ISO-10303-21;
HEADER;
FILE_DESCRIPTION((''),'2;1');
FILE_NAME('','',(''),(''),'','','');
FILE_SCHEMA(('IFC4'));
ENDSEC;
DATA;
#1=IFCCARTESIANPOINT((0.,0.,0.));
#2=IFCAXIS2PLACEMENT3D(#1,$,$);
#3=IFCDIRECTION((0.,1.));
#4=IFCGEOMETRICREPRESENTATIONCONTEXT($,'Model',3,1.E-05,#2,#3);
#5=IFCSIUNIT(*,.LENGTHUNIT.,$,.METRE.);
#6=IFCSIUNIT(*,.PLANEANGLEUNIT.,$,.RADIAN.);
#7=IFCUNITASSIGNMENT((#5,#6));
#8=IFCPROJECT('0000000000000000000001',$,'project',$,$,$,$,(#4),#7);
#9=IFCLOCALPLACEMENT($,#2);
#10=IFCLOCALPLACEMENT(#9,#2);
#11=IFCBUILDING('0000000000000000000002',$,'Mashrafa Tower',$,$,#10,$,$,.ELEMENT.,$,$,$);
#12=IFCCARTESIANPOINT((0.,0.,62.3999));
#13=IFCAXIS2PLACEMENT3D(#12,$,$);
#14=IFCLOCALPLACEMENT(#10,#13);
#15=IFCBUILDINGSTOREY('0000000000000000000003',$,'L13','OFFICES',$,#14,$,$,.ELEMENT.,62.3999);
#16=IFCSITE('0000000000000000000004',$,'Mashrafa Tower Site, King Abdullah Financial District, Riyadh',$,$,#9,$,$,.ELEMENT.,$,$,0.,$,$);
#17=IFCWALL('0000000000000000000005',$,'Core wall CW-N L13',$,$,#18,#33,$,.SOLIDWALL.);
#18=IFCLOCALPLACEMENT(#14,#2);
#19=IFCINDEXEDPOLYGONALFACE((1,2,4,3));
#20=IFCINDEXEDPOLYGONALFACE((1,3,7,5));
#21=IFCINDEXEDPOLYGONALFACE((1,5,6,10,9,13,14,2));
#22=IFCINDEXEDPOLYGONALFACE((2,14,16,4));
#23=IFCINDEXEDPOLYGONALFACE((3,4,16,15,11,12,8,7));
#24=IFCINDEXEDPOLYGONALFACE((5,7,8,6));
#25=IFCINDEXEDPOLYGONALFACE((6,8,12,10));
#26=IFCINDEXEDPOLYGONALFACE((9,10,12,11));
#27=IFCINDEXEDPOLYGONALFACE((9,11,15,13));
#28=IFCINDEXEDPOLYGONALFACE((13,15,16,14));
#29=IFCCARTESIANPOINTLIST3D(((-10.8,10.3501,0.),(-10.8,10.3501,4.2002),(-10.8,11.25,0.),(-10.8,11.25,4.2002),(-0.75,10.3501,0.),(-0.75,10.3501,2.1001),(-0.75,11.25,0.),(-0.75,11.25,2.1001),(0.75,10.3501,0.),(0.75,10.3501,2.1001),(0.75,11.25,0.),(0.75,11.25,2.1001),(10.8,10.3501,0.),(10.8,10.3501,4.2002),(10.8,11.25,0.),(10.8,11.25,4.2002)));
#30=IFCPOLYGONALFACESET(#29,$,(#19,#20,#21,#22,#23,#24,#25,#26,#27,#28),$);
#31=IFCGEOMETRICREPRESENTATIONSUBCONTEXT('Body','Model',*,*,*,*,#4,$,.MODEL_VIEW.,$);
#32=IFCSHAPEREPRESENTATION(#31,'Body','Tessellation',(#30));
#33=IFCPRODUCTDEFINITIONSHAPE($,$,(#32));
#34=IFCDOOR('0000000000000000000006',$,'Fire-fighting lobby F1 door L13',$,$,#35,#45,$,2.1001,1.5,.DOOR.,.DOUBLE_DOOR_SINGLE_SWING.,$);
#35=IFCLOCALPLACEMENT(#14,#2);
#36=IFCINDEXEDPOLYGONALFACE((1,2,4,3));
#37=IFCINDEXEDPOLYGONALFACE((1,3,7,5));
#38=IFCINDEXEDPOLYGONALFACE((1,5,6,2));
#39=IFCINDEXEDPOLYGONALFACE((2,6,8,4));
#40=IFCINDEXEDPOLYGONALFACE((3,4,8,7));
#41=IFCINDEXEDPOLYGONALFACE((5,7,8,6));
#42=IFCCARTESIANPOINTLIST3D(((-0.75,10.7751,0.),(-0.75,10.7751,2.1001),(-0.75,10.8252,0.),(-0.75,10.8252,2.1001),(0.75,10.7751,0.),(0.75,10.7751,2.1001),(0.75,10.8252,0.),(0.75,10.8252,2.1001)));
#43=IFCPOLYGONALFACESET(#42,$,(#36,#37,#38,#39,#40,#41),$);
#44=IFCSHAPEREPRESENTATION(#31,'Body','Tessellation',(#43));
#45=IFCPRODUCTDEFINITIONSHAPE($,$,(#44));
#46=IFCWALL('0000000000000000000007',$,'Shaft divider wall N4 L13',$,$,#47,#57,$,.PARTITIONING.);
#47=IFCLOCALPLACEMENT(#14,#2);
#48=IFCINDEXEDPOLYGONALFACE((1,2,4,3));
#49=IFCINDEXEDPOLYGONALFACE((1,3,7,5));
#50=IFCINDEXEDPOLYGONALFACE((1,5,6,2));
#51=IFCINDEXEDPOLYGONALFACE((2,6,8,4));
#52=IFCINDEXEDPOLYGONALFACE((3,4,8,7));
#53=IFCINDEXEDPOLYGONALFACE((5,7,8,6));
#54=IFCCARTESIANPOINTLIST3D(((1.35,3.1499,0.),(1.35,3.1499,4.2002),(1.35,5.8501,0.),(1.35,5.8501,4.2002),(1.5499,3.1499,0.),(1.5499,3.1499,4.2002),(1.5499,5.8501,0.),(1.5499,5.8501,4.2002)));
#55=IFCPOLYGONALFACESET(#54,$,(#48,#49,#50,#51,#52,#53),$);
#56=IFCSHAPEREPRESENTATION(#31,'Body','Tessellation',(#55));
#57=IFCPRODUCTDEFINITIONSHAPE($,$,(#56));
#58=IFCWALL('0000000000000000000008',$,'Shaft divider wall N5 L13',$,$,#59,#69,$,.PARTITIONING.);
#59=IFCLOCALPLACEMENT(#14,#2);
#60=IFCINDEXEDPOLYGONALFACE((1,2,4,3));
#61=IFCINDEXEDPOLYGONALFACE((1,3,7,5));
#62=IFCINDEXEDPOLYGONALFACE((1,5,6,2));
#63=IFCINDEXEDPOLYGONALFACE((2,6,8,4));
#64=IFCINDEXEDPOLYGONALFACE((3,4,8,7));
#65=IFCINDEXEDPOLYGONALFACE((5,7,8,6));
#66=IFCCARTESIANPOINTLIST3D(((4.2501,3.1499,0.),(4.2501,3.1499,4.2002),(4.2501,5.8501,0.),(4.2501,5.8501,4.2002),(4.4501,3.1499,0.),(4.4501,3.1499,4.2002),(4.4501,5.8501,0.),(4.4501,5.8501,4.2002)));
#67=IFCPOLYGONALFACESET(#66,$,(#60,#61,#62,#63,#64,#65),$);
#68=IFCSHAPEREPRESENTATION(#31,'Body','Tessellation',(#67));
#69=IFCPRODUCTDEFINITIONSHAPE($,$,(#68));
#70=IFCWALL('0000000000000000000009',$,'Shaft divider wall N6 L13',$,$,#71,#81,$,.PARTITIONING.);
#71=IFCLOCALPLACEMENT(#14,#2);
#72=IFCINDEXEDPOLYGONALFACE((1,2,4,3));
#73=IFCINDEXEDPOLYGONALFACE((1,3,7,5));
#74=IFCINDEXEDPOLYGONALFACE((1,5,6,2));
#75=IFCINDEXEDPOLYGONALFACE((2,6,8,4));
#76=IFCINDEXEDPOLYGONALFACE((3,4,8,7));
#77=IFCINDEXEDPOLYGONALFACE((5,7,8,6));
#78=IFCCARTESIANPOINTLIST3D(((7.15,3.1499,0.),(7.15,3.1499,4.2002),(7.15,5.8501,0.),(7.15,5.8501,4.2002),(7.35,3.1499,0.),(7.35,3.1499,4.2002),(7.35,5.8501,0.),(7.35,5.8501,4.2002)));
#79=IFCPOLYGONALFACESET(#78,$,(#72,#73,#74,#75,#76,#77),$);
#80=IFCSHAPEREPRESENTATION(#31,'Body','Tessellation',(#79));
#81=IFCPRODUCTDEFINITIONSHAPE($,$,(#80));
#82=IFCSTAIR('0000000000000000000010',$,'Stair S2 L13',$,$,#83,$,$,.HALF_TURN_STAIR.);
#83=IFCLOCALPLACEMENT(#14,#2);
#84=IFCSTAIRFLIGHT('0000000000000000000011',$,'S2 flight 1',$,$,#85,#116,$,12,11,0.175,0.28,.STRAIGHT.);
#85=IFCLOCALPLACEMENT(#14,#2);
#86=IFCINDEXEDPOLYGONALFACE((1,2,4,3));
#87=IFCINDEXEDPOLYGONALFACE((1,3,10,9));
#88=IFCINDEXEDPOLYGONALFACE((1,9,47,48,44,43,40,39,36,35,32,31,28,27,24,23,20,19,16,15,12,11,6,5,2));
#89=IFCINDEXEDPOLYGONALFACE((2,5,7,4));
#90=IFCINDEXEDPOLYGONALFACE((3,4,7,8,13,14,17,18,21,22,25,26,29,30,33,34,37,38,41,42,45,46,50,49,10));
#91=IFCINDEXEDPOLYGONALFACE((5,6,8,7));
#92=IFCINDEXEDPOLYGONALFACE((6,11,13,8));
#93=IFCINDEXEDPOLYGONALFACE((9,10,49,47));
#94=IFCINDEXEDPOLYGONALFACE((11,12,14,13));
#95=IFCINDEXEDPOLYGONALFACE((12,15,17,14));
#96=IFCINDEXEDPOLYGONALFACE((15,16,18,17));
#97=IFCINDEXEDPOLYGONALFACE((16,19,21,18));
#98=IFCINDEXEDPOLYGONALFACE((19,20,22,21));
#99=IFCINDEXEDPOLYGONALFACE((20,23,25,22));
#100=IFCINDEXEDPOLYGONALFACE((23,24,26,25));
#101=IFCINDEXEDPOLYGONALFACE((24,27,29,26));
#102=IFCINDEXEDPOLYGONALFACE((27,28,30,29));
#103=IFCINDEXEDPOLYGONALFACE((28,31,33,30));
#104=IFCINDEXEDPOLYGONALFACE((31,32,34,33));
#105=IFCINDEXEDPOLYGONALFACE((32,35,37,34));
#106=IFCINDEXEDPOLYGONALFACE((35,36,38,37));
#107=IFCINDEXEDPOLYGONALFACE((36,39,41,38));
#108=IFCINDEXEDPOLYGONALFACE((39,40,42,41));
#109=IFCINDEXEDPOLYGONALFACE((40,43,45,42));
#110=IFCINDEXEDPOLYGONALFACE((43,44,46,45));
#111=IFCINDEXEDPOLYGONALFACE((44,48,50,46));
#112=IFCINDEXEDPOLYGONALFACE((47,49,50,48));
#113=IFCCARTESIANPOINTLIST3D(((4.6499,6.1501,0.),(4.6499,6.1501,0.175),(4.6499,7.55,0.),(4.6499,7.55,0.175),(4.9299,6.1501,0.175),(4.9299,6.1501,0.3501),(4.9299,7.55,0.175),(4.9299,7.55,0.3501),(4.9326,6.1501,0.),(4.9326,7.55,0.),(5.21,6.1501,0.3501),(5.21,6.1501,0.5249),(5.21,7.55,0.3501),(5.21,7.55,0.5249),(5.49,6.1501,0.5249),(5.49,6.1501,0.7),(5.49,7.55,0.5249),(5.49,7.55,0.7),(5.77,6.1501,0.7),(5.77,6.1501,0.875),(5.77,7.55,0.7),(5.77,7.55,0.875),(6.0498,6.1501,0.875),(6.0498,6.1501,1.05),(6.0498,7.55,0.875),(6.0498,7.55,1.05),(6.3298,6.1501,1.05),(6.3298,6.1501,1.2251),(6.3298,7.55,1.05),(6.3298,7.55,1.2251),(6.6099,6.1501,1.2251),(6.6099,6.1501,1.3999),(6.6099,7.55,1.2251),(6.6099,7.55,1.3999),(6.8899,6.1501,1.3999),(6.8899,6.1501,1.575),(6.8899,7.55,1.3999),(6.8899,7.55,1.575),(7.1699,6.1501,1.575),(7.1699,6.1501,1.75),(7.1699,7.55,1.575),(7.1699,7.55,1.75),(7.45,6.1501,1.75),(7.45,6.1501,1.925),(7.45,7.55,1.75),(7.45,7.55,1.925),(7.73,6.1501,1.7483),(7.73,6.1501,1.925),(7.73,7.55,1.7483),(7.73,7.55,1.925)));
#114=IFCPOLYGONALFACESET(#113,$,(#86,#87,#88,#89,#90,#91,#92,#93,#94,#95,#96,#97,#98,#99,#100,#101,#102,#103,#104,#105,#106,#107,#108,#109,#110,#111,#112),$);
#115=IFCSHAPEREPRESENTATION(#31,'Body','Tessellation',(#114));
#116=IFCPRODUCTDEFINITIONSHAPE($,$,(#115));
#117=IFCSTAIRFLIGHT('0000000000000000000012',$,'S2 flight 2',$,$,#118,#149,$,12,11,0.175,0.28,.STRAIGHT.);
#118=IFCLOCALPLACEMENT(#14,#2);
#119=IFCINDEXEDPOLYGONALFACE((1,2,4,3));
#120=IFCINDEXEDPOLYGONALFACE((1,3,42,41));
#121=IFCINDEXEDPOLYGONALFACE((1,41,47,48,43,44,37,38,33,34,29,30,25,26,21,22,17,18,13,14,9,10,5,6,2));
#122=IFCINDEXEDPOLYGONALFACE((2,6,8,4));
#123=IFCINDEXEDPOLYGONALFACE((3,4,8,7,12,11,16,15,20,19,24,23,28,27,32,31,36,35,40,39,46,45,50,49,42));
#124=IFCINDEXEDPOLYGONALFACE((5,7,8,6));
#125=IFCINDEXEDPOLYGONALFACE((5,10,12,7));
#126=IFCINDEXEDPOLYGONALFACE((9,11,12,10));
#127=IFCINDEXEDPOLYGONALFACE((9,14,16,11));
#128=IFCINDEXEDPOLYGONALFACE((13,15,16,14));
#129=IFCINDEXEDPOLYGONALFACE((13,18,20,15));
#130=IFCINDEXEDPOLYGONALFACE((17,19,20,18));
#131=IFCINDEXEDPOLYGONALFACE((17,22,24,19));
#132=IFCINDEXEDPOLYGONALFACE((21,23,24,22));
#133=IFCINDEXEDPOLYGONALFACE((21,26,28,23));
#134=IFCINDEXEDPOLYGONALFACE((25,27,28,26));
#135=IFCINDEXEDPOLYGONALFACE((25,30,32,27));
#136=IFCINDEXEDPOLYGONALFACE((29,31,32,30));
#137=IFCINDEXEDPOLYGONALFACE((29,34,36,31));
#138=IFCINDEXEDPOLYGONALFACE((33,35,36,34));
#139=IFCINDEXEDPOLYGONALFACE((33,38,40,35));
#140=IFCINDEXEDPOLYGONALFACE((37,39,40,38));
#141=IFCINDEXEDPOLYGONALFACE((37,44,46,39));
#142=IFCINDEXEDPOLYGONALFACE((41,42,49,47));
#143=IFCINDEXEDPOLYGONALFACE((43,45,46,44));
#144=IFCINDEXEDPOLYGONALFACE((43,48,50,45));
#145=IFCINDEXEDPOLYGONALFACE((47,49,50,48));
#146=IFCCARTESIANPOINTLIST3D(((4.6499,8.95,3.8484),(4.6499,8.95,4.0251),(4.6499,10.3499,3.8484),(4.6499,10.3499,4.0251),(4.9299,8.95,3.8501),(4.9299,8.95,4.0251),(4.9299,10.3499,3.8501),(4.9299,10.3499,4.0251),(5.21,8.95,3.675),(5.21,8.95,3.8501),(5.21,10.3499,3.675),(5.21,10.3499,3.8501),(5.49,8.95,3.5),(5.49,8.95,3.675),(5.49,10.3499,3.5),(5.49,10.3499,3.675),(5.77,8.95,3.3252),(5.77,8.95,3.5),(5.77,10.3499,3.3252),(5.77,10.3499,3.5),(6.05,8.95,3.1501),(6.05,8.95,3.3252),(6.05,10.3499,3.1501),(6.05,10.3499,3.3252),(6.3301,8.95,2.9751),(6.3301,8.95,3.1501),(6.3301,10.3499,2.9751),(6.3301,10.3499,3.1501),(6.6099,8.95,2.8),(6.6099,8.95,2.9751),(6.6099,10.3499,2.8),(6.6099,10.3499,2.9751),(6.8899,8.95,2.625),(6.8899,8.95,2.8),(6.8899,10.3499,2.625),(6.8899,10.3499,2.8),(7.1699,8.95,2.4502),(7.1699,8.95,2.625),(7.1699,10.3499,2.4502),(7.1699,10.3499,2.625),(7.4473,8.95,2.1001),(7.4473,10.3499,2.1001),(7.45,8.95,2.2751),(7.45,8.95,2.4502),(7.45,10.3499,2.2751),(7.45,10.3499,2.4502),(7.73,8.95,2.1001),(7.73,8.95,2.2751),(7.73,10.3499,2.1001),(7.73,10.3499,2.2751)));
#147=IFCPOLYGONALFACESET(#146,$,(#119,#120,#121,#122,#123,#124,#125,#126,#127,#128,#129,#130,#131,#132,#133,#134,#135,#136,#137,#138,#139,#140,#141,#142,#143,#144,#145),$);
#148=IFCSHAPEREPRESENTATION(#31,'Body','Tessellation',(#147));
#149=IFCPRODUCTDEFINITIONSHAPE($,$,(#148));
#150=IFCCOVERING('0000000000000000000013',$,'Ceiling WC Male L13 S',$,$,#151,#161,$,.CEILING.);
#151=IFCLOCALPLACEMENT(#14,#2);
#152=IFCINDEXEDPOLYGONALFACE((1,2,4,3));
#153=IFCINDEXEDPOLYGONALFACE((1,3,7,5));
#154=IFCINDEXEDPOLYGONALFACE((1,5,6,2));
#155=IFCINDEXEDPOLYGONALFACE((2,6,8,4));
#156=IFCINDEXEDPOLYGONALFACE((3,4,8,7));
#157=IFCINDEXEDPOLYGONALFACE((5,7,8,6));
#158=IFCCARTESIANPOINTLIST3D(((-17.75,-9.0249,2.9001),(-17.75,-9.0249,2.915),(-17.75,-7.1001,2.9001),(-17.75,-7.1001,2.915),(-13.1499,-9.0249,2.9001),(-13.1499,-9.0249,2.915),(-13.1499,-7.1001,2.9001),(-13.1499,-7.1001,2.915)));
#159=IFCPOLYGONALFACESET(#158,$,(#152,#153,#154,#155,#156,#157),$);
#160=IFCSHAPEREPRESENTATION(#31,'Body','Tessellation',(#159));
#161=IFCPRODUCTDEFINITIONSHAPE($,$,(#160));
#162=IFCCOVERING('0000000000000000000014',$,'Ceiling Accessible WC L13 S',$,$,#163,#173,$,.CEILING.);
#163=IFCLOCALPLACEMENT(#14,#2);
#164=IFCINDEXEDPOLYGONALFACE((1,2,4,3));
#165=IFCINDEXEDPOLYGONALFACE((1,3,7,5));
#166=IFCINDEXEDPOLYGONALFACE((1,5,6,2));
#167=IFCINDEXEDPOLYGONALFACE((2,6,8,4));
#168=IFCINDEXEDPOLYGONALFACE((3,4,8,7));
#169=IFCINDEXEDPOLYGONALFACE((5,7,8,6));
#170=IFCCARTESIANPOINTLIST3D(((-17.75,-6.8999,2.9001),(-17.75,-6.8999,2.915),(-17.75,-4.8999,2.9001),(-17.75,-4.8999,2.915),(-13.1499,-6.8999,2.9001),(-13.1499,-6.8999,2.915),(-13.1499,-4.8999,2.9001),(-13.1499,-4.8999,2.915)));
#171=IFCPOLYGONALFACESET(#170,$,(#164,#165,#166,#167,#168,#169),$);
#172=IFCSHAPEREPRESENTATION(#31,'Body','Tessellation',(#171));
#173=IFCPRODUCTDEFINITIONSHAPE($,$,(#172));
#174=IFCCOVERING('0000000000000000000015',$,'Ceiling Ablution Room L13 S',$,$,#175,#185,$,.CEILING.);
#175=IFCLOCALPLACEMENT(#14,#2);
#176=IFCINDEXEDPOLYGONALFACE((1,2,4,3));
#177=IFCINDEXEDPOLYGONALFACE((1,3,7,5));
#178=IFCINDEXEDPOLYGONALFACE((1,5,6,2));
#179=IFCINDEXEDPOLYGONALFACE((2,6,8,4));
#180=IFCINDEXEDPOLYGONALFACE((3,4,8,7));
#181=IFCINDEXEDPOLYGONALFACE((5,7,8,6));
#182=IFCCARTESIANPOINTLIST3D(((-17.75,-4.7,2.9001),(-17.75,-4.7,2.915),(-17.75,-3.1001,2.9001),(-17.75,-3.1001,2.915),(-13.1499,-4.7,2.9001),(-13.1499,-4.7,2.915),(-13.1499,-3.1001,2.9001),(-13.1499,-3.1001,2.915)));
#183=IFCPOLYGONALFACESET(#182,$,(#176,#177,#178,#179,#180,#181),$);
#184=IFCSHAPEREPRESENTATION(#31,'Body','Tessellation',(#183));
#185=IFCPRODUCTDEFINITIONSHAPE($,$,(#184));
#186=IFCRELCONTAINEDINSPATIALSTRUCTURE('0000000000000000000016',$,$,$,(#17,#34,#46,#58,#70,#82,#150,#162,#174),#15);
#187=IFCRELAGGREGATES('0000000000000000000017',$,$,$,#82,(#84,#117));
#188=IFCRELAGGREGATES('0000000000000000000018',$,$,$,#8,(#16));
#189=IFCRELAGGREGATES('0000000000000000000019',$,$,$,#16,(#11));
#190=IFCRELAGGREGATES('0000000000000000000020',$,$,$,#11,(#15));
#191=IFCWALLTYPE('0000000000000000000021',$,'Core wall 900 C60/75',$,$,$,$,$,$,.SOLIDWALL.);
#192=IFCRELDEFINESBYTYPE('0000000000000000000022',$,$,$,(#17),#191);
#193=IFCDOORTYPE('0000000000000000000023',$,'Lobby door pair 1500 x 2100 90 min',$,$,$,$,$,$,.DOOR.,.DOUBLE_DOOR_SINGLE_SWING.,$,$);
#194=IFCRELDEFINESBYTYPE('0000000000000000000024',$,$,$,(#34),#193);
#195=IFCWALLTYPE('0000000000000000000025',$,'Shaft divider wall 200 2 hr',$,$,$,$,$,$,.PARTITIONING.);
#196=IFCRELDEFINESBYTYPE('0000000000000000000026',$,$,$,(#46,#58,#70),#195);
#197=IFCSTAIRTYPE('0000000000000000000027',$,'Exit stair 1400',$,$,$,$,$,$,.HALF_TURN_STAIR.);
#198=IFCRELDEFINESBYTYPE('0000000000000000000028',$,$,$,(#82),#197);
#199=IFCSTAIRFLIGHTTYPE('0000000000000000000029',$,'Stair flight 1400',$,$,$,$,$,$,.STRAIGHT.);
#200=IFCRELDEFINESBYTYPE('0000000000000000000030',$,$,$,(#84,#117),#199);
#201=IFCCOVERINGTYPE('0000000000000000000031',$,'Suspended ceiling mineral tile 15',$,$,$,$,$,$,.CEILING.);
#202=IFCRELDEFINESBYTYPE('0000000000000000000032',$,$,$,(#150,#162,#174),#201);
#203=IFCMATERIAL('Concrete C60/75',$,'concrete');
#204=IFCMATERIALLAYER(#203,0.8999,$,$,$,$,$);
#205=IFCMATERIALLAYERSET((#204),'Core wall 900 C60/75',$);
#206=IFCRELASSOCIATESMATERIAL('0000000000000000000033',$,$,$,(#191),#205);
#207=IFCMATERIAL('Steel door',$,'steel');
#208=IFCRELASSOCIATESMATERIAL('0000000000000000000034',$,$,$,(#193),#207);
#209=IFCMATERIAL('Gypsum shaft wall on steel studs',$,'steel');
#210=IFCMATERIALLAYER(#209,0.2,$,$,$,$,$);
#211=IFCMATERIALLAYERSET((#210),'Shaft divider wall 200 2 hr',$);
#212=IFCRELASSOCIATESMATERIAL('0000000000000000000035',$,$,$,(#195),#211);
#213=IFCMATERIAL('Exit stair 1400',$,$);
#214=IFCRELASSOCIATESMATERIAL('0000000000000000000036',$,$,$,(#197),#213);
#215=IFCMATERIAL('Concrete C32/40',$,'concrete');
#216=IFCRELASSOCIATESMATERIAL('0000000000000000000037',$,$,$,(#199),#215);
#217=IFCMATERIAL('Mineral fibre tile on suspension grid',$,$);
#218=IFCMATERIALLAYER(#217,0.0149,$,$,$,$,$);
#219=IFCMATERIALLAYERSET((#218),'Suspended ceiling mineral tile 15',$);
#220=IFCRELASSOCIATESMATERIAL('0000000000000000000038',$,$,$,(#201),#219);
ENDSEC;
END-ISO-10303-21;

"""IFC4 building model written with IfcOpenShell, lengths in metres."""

from ifc_helpers import new_model, si_unit, direction, frame, frame_2d, origin, place, context, subcontext, project, spatial, polyline, rectangle, outline, extrude, material, layer, layer_set, type_object, element, fill, aggregate, save


model = new_model("IFC4")

# Units and contexts
model_context = context("Model", 3, precision=1e-05, world=origin(), true_north=direction((0.0, 1.0)))
body_context = subcontext(model_context, "Body", "Model", "MODEL_VIEW")
ifc_project = project(units=[si_unit("LENGTHUNIT", "METRE"), si_unit("PLANEANGLEUNIT", "RADIAN")], contexts=[model_context])

# Site, building, storey
site_placement = place(None, origin())
site = spatial("IfcSite", under=ifc_project, at=site_placement, Name="Mashrafa Tower Site, King Abdullah Financial District, Riyadh", CompositionType="ELEMENT", RefElevation=0.0)
building_placement = place(site_placement, origin())
building = spatial("IfcBuilding", under=site, at=building_placement, Name="Mashrafa Tower", CompositionType="ELEMENT")
storey_placement = place(building_placement, frame((0.0, 0.0, 62.3999)))
storey = spatial("IfcBuildingStorey", under=building, at=storey_placement, Name="L13", Description="OFFICES", CompositionType="ELEMENT", Elevation=62.3999)

# Wall, opening, door
ifc_material_1 = material(Name="Concrete C60/75", Category="concrete")
ifc_layer_1 = layer(ifc_material_1, 0.8999)
ifc_layer_set_1 = layer_set([ifc_layer_1], Name="Core wall 900 C60/75")
wall_type_1 = type_object("IfcWallType", Name="Core wall 900 C60/75", PredefinedType="SOLIDWALL", material=ifc_layer_set_1)
wall_1_placement = place(storey_placement, frame((10.8, 10.8, 0.0), z_axis=(0.0, 0.0, 1.0), x_axis=(-1.0, 0.0, 0.0)))
wall_1 = element("IfcWall", 1, at=wall_1_placement, inside=storey, type_object=wall_type_1, Name="Core wall CW-N L13", PredefinedType="SOLIDWALL", context=body_context, shape_type="SweptSolid", body=[
    extrude(rectangle(XDim=21.6001, YDim=0.8999, at=frame_2d((10.8, 0.0))), origin(), (0.0, 0.0, 1.0), 4.2002),
])
opening_1_placement = place(wall_1_placement, frame((10.05, 0.0, 0.0)))
opening_1 = element("IfcOpeningElement", 2, at=opening_1_placement, cuts=wall_1, PredefinedType="OPENING", context=body_context, shape_type="SweptSolid", body=[
    extrude(rectangle(XDim=1.5, YDim=2.1001, at=frame_2d((0.75, 1.05))), frame((0.0, 0.46, 0.0), z_axis=(0.0, -1.0, 0.0), x_axis=(1.0, 0.0, 0.0)), (0.0, 0.0, 1.0), 0.9199),
])
ifc_material_2 = material(Name="Steel door", Category="steel")
door_type_1 = type_object("IfcDoorType", Name="Lobby door pair 1500 x 2100 90 min", OperationType="DOUBLE_DOOR_SINGLE_SWING", PredefinedType="DOOR", material=ifc_material_2)
door_1_placement = place(opening_1_placement, origin())
door_1 = element("IfcDoor", 3, at=door_1_placement, inside=storey, type_object=door_type_1, Name="Fire-fighting lobby F1 door L13", OperationType="DOUBLE_DOOR_SINGLE_SWING", OverallHeight=2.1001, OverallWidth=1.5, PredefinedType="DOOR", context=body_context, shape_type="SweptSolid", body=[
    extrude(rectangle(XDim=1.5, YDim=2.1001, at=frame_2d((0.75, 1.05))), frame((0.0, 0.0249, 0.0), z_axis=(0.0, -1.0, 0.0), x_axis=(1.0, 0.0, 0.0)), (0.0, 0.0, 1.0), 0.05),
])
fill(opening_1, door_1)

# Walls
ifc_material_3 = material(Name="Gypsum shaft wall on steel studs", Category="steel")
ifc_layer_2 = layer(ifc_material_3, 0.2)
ifc_layer_set_2 = layer_set([ifc_layer_2], Name="Shaft divider wall 200 2 hr")
wall_type_2 = type_object("IfcWallType", Name="Shaft divider wall 200 2 hr", PredefinedType="PARTITIONING", material=ifc_layer_set_2)
for number, where, z_axis, x_axis, name in (
    (4, (1.45, 3.1499, 0.0), (0.0, 0.0, 1.0), (0.0, 1.0, 0.0), "Shaft divider wall N4 L13"),
    (5, (4.3501, 3.1499, 0.0), (0.0, 0.0, 1.0), (0.0, 1.0, 0.0), "Shaft divider wall N5 L13"),
    (6, (7.25, 3.1499, 0.0), (0.0, 0.0, 1.0), (0.0, 1.0, 0.0), "Shaft divider wall N6 L13"),
):
    element("IfcWall", number, at=place(storey_placement, frame(where, z_axis=z_axis, x_axis=x_axis)), inside=storey, type_object=wall_type_2, Name=name, PredefinedType="PARTITIONING", context=body_context, shape_type="SweptSolid", body=[
        extrude(rectangle(XDim=2.7002, YDim=0.2, at=frame_2d((1.3501, 0.0))), origin(), (0.0, 0.0, 1.0), 4.2002),
    ])

# Stair, stair flights
ifc_material_4 = material(Name="Exit stair 1400")
stair_type = type_object("IfcStairType", Name="Exit stair 1400", PredefinedType="HALF_TURN_STAIR", material=ifc_material_4)
stair_placement = place(storey_placement, origin())
stair = element("IfcStair", 7, at=stair_placement, inside=storey, type_object=stair_type, Name="Stair S2 L13", PredefinedType="HALF_TURN_STAIR")
ifc_material_5 = material(Name="Concrete C32/40", Category="concrete")
stair_flight_type = type_object("IfcStairFlightType", Name="Stair flight 1400", PredefinedType="STRAIGHT", material=ifc_material_5)
stair_flight_1_placement = place(storey_placement, frame((4.6499, 6.8501, 0.0), z_axis=(0.0, 0.0, 1.0), x_axis=(1.0, 0.0, 0.0)))
stair_flight_1 = element("IfcStairFlight", 8, at=stair_flight_1_placement, type_object=stair_flight_type, Name="S2 flight 1", NumberOfRisers=12, NumberOfTreads=11, PredefinedType="STRAIGHT", RiserHeight=0.175, TreadLength=0.28, context=body_context, shape_type="SweptSolid", body=[
    extrude(outline(polyline([(0.0, 0.0), (0.0, 0.175), (0.28, 0.175), (0.28, 0.3501), (0.5601, 0.3501), (0.5601, 0.5249), (0.8401, 0.5249), (0.8401, 0.7), (1.1201, 0.7), (1.1201, 0.875), (1.3999, 0.875), (1.3999, 1.05), (1.6799, 1.05), (1.6799, 1.2251), (1.96, 1.2251), (1.96, 1.3999), (2.24, 1.3999), (2.24, 1.575), (2.52, 1.575), (2.52, 1.75), (2.8, 1.75), (2.8, 1.925), (3.0801, 1.925), (3.0801, 2.1001), (3.0801, 1.7483), (0.2827, 0.0), (0.0, 0.0)])), frame((0.0, 0.7, 0.0), z_axis=(0.0, -1.0, 0.0), x_axis=(1.0, 0.0, 0.0)), (0.0, 0.0, 1.0), 1.3999),
])
stair_flight_2_placement = place(storey_placement, frame((7.73, 9.6499, 2.1001), z_axis=(0.0, 0.0, 1.0), x_axis=(-1.0, 0.0, 0.0)))
stair_flight_2 = element("IfcStairFlight", 9, at=stair_flight_2_placement, type_object=stair_flight_type, Name="S2 flight 2", NumberOfRisers=12, NumberOfTreads=11, PredefinedType="STRAIGHT", RiserHeight=0.175, TreadLength=0.28, context=body_context, shape_type="SweptSolid", body=[
    extrude(outline(polyline([(0.0, 0.0), (0.0, 0.175), (0.28, 0.175), (0.28, 0.3501), (0.5601, 0.3501), (0.5601, 0.5249), (0.8401, 0.5249), (0.8401, 0.7), (1.1201, 0.7), (1.1201, 0.875), (1.3999, 0.875), (1.3999, 1.05), (1.6799, 1.05), (1.6799, 1.2251), (1.96, 1.2251), (1.96, 1.3999), (2.24, 1.3999), (2.24, 1.575), (2.52, 1.575), (2.52, 1.75), (2.8, 1.75), (2.8, 1.925), (3.0801, 1.925), (3.0801, 2.1001), (3.0801, 1.7483), (0.2827, 0.0), (0.0, 0.0)])), frame((0.0, 0.7, 0.0), z_axis=(0.0, -1.0, 0.0), x_axis=(1.0, 0.0, 0.0)), (0.0, 0.0, 1.0), 1.3999),
])
aggregate(stair, [stair_flight_1, stair_flight_2])

# Coverings
ifc_material_6 = material(Name="Mineral fibre tile on suspension grid")
ifc_layer_3 = layer(ifc_material_6, 0.0149)
ifc_layer_set_3 = layer_set([ifc_layer_3], Name="Suspended ceiling mineral tile 15")
covering_type = type_object("IfcCoveringType", Name="Suspended ceiling mineral tile 15", PredefinedType="CEILING", material=ifc_layer_set_3)
covering_1_placement = place(storey_placement, frame((0.0, 0.0, 2.9001)))
element("IfcCovering", 10, at=covering_1_placement, inside=storey, type_object=covering_type, Name="Ceiling WC Male L13 S", PredefinedType="CEILING", context=body_context, shape_type="SweptSolid", body=[
    extrude(outline(polyline([(-17.75, -9.0249), (-17.75, -7.1001), (-13.1499, -7.1001), (-13.1499, -9.0249), (-17.75, -9.0249)])), origin(), (0.0, 0.0, 1.0), 0.0149),
])
covering_2_placement = place(storey_placement, frame((0.0, 0.0, 2.9001)))
element("IfcCovering", 11, at=covering_2_placement, inside=storey, type_object=covering_type, Name="Ceiling Accessible WC L13 S", PredefinedType="CEILING", context=body_context, shape_type="SweptSolid", body=[
    extrude(outline(polyline([(-17.75, -6.8999), (-17.75, -4.8999), (-13.1499, -4.8999), (-13.1499, -6.8999), (-17.75, -6.8999)])), origin(), (0.0, 0.0, 1.0), 0.0149),
])
covering_3_placement = place(storey_placement, frame((0.0, 0.0, 2.9001)))
element("IfcCovering", 12, at=covering_3_placement, inside=storey, type_object=covering_type, Name="Ceiling Ablution Room L13 S", PredefinedType="CEILING", context=body_context, shape_type="SweptSolid", body=[
    extrude(outline(polyline([(-17.75, -4.7), (-17.75, -3.1001), (-13.1499, -3.1001), (-13.1499, -4.7), (-17.75, -4.7)])), origin(), (0.0, 0.0, 1.0), 0.0149),
])

save(model, "model.ifc")
